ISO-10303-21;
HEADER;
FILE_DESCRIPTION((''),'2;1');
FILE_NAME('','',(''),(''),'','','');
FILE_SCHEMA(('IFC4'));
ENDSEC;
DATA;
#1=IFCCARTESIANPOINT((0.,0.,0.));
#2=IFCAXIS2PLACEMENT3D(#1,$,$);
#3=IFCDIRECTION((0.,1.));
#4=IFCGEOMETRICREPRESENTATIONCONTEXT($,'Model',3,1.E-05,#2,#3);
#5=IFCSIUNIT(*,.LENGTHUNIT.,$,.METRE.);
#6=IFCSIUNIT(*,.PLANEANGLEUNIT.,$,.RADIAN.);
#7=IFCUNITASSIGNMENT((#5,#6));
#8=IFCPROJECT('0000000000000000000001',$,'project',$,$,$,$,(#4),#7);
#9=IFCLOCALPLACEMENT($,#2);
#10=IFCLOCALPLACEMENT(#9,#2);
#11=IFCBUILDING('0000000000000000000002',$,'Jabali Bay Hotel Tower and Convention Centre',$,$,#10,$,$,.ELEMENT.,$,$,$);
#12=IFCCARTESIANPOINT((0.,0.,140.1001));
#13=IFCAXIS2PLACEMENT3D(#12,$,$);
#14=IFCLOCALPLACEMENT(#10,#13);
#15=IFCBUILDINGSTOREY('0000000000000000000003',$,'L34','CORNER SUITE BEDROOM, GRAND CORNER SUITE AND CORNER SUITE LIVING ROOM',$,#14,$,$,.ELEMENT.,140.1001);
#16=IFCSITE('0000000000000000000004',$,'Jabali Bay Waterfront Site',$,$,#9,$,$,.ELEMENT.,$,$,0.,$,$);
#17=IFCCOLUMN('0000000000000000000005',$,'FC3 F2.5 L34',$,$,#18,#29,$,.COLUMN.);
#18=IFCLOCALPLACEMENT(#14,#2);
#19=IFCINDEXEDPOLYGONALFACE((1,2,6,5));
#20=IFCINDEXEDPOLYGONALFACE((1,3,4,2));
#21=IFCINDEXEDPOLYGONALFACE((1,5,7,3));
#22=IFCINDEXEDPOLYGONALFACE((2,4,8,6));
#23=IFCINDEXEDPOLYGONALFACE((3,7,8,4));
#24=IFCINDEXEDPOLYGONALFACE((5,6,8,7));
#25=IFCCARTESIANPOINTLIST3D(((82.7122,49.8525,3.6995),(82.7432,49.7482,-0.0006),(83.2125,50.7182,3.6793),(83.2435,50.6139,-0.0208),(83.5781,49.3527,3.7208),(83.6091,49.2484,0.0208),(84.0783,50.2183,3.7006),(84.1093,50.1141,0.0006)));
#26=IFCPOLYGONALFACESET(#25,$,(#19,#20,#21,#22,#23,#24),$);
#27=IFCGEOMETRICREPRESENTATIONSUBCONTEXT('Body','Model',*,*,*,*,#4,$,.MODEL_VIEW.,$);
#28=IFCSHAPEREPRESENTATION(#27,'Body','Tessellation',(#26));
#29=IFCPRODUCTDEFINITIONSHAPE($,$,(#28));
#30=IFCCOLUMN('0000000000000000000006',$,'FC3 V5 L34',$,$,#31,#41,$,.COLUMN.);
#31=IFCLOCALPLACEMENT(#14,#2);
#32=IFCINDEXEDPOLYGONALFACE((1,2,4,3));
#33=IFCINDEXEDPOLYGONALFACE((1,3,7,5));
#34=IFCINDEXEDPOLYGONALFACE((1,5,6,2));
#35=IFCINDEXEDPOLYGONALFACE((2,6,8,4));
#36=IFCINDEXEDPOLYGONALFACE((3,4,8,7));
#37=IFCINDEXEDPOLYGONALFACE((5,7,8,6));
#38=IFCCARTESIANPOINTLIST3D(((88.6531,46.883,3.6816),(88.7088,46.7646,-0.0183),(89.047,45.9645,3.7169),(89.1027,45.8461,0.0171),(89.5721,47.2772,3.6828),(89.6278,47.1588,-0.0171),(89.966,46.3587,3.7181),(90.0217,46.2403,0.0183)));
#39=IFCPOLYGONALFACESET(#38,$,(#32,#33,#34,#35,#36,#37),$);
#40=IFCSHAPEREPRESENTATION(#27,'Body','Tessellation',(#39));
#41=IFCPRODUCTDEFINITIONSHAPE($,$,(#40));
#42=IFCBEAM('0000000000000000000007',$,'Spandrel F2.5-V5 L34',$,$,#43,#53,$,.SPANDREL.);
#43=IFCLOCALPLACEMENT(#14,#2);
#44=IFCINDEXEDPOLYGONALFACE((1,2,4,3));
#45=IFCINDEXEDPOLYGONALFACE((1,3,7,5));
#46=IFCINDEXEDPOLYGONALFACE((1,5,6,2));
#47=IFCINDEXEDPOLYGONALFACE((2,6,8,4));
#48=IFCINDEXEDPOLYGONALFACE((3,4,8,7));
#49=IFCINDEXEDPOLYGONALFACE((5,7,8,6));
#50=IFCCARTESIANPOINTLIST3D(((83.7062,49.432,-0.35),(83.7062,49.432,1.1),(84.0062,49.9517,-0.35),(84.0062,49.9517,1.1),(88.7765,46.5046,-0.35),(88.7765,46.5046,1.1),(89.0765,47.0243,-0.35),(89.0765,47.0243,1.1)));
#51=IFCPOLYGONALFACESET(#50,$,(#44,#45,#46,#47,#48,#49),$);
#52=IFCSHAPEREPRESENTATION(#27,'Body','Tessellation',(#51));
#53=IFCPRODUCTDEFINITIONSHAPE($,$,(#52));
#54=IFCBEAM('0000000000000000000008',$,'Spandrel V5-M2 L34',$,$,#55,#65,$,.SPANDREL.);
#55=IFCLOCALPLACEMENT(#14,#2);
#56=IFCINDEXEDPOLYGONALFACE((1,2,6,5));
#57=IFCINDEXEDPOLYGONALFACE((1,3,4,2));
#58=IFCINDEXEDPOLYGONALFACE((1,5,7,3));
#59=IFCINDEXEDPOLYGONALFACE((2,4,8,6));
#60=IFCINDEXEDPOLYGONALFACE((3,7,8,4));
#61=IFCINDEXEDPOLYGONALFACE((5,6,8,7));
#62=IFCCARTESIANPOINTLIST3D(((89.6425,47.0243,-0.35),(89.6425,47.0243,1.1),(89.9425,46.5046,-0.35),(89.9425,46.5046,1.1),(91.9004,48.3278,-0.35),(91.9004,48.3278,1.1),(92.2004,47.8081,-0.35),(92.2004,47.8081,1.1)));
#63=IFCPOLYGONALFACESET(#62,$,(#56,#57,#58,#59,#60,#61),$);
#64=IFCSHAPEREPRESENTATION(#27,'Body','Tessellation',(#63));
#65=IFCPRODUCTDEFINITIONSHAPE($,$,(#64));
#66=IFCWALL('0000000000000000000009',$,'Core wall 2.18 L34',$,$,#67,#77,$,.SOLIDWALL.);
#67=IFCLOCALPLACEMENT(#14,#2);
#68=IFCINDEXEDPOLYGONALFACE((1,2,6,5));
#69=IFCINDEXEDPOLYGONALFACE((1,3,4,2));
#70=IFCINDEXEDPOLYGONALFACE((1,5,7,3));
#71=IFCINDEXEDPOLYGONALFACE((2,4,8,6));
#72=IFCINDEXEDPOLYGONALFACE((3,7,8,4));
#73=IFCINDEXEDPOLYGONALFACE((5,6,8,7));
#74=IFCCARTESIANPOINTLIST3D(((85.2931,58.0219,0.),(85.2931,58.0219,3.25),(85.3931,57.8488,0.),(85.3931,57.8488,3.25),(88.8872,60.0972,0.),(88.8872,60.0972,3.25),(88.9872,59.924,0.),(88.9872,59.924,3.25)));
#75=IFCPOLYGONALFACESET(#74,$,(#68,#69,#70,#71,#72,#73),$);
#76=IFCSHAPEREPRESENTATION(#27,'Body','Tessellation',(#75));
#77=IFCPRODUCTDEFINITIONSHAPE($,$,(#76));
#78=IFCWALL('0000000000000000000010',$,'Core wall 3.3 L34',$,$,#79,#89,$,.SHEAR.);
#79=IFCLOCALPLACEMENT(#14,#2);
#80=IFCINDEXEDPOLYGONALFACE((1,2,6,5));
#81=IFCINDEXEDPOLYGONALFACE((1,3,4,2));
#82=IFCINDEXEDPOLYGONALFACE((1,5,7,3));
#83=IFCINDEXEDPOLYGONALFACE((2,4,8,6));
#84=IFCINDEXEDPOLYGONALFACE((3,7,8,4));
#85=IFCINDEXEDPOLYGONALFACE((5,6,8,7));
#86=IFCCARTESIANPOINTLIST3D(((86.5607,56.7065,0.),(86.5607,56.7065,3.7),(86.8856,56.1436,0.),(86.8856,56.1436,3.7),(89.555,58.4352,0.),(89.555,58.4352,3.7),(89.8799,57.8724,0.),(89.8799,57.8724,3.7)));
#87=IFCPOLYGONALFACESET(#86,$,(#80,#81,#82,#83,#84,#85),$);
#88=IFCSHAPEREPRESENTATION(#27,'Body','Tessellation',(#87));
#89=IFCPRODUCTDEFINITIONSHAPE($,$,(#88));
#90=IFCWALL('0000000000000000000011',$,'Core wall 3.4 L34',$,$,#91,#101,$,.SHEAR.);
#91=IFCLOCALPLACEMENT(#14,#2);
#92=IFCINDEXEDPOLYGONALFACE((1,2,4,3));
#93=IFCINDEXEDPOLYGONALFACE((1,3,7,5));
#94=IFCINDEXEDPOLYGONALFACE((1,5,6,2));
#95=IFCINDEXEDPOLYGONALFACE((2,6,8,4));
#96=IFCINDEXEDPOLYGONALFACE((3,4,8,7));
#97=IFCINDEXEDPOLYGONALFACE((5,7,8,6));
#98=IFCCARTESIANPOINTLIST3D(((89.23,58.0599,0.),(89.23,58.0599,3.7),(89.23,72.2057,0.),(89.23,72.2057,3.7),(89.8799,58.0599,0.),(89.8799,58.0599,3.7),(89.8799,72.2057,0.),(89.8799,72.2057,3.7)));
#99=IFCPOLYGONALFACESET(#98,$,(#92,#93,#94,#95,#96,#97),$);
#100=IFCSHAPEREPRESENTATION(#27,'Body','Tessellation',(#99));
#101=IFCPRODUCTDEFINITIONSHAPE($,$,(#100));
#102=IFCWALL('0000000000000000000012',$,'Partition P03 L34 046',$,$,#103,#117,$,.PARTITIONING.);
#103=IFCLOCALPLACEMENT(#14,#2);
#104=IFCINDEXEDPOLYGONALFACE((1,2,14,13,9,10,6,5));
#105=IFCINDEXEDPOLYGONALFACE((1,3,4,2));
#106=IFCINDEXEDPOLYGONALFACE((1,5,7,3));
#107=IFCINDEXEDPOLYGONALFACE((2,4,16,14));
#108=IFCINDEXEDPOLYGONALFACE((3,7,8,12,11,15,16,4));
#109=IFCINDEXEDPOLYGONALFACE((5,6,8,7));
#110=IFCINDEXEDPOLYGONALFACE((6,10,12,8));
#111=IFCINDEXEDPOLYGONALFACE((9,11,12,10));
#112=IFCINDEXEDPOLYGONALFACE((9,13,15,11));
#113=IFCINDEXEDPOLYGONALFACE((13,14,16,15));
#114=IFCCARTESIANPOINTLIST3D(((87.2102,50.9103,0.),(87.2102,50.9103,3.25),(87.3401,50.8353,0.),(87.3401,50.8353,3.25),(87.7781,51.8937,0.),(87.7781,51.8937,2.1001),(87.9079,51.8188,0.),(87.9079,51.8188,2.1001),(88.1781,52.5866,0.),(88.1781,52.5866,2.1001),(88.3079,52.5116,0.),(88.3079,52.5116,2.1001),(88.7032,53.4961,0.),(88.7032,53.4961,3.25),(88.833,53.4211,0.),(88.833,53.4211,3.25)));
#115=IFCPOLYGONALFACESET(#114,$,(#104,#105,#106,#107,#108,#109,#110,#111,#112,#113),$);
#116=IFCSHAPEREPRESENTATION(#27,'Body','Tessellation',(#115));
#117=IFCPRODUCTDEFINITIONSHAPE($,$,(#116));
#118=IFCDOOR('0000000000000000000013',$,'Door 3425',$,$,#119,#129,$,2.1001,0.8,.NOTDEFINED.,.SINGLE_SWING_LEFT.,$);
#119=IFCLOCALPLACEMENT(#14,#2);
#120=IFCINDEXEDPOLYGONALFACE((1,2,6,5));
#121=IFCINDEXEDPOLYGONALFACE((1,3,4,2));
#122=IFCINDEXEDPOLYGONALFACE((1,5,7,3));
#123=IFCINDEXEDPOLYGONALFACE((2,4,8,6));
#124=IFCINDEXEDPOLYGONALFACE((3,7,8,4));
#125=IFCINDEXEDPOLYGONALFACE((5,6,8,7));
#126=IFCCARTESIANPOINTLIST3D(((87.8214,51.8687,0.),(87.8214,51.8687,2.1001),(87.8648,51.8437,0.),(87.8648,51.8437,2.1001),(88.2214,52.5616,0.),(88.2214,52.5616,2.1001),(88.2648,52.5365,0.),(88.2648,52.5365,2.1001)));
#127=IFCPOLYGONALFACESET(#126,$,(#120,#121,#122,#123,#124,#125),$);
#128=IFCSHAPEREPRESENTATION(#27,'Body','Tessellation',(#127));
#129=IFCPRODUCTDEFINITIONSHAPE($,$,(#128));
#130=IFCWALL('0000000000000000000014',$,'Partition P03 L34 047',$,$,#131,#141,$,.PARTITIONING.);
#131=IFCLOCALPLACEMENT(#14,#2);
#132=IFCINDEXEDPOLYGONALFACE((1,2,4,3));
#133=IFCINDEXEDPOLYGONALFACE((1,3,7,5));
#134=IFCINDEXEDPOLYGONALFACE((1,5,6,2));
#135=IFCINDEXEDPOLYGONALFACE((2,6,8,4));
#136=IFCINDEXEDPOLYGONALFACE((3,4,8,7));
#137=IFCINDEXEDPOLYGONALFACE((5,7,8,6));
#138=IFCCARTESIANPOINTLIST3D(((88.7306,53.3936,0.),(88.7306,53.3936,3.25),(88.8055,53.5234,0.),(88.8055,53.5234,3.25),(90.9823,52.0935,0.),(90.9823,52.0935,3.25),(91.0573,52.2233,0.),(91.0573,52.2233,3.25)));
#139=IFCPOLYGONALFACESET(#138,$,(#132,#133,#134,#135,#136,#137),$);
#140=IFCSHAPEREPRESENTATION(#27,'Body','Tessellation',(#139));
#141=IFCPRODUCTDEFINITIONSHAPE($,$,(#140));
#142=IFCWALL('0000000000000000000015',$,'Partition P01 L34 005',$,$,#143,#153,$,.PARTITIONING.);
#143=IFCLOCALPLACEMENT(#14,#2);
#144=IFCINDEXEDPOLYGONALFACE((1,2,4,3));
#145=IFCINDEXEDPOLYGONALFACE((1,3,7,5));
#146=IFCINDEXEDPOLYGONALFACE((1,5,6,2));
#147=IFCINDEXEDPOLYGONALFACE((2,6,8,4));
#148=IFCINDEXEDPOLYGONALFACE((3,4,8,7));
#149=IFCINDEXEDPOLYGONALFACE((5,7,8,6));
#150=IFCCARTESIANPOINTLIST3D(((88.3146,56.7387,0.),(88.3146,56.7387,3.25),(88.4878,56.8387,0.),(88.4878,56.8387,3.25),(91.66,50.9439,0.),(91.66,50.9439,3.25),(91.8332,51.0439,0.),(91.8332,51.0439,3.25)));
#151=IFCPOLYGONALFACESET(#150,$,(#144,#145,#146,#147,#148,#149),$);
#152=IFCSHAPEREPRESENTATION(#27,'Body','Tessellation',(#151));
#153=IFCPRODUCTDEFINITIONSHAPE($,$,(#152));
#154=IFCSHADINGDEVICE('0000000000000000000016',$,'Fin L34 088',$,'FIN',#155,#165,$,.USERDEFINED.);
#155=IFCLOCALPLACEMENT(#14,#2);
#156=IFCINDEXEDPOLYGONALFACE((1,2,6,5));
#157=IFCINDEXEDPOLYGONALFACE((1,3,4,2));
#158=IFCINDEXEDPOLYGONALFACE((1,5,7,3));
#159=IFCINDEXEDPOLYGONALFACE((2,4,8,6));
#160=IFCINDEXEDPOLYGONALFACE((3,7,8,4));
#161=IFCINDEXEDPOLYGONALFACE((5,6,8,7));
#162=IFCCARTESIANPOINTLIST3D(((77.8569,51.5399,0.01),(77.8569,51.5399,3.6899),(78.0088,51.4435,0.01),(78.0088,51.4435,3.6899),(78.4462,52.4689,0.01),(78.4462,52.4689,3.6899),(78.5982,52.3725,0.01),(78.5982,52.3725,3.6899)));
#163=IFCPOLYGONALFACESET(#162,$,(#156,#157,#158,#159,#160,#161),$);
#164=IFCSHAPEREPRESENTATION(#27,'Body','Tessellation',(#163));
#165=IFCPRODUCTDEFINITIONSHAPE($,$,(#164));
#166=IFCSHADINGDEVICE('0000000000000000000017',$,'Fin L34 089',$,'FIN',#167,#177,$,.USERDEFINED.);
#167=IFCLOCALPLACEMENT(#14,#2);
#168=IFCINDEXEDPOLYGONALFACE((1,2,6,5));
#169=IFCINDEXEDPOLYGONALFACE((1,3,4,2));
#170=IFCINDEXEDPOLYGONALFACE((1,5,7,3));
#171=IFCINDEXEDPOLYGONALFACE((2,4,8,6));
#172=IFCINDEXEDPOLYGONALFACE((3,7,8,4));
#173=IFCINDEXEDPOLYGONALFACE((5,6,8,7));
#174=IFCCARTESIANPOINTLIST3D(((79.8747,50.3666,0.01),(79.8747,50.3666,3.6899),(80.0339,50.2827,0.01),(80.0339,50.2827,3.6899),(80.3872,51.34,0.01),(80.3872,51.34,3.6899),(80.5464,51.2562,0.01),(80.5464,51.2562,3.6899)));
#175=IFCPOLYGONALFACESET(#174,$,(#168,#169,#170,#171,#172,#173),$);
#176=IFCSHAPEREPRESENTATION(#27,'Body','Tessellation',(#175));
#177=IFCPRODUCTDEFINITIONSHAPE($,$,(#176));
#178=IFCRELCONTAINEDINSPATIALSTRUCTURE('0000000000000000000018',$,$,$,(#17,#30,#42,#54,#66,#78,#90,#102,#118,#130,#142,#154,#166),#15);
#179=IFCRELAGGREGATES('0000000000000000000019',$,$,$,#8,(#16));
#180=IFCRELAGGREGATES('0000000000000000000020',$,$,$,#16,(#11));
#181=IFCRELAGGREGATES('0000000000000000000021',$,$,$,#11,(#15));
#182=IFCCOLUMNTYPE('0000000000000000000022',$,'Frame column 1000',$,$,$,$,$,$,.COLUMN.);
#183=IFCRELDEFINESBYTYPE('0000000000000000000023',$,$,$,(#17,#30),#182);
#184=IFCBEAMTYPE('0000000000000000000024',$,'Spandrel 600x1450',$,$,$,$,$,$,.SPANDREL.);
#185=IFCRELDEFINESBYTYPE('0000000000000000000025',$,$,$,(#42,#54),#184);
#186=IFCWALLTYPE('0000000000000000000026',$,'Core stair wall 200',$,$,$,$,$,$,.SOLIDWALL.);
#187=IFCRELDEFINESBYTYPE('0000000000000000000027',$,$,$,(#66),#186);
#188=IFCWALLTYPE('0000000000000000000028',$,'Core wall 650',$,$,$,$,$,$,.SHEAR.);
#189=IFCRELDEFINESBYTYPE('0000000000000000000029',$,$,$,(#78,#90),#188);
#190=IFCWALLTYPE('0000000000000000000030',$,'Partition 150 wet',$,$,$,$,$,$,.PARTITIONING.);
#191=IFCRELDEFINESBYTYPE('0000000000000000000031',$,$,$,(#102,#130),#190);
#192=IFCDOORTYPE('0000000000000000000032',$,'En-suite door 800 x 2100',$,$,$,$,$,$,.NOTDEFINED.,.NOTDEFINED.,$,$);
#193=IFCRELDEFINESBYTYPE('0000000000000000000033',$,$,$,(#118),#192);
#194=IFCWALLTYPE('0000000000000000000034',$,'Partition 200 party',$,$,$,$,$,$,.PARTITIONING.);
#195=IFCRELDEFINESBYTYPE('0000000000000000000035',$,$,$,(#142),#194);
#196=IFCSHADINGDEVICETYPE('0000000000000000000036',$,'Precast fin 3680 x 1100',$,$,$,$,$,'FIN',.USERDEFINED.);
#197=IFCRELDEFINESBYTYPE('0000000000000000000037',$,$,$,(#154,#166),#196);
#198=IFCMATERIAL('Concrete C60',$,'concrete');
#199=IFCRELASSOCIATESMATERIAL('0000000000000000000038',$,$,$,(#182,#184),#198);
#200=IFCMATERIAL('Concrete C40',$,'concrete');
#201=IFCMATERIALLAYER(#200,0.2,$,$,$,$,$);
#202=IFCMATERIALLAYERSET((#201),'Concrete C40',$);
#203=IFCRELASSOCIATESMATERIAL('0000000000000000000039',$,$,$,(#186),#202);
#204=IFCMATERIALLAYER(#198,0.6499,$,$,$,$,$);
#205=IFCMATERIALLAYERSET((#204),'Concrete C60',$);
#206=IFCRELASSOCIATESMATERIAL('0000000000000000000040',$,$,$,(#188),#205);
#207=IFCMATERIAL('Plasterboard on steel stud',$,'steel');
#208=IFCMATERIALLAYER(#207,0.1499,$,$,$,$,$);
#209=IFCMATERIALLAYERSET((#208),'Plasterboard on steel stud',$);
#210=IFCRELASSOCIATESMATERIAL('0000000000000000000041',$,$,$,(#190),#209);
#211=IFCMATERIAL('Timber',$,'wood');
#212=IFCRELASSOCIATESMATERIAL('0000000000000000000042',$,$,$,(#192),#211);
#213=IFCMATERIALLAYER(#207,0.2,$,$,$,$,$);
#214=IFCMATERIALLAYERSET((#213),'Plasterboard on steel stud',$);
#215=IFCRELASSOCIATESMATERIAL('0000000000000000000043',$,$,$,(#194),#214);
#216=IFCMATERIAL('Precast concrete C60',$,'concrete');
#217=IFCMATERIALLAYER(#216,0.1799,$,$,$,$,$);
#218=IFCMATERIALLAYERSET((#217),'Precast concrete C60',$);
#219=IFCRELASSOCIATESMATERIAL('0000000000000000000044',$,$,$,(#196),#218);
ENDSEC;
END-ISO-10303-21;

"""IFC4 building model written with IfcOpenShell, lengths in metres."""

from ifc_helpers import new_model, si_unit, direction, frame, frame_2d, origin, origin_2d, place, context, subcontext, project, spatial, rectangle, extrude, material, layer, layer_set, material_profile, profile_set, type_object, element, fill, save


model = new_model("IFC4")

# Units and contexts
model_context = context("Model", 3, precision=1e-05, world=origin(), true_north=direction((0.0, 1.0)))
body_context = subcontext(model_context, "Body", "Model", "MODEL_VIEW")
ifc_project = project(units=[si_unit("LENGTHUNIT", "METRE"), si_unit("PLANEANGLEUNIT", "RADIAN")], contexts=[model_context])

# Site, building, storey
site_placement = place(None, origin())
site = spatial("IfcSite", under=ifc_project, at=site_placement, Name="Jabali Bay Waterfront Site", CompositionType="ELEMENT", RefElevation=0.0)
building_placement = place(site_placement, origin())
building = spatial("IfcBuilding", under=site, at=building_placement, Name="Jabali Bay Hotel Tower and Convention Centre", CompositionType="ELEMENT")
storey_placement = place(building_placement, frame((0.0, 0.0, 140.1001)))
storey = spatial("IfcBuildingStorey", under=building, at=storey_placement, Name="L34", Description="CORNER SUITE BEDROOM, GRAND CORNER SUITE AND CORNER SUITE LIVING ROOM", CompositionType="ELEMENT", Elevation=140.1001)

# Columns
ifc_material_1 = material(Name="Concrete C60", Category="concrete")
ifc_material_profile_1 = material_profile(ifc_material_1, rectangle(XDim=1.0, YDim=1.0, at=origin_2d()), Name="Frame column 1000")
ifc_profile_set_1 = profile_set([ifc_material_profile_1], Name="Concrete C60")
column_type = type_object("IfcColumnType", Name="Frame column 1000", PredefinedType="COLUMN", material=ifc_profile_set_1)
column_1_placement = place(storey_placement, frame((83.4263, 49.9312, 0.0), z_axis=(-0.008376, 0.028163, 0.999568), x_axis=(-0.500232, -0.865656, 0.020198)))
element("IfcColumn", 1, at=column_1_placement, inside=storey, type_object=column_type, Name="FC3 F2.5 L34", PredefinedType="COLUMN", context=body_context, shape_type="SweptSolid", body=[
    extrude(rectangle(XDim=1.0, YDim=1.0, at=origin_2d()), origin(), (0.0, 0.0, 1.0), 3.7017),
])
column_2_placement = place(storey_placement, frame((89.3652, 46.5024, 0.0), z_axis=(-0.015035, 0.031983, 0.999375), x_axis=(0.393933, -0.91846, 0.03532)))
element("IfcColumn", 2, at=column_2_placement, inside=storey, type_object=column_type, Name="FC3 V5 L34", PredefinedType="COLUMN", context=body_context, shape_type="SweptSolid", body=[
    extrude(rectangle(XDim=1.0, YDim=1.0, at=origin_2d()), origin(), (0.0, 0.0, 1.0), 3.7021),
])

# Beams
ifc_material_profile_2 = material_profile(ifc_material_1, rectangle(XDim=0.6001, YDim=1.45, at=origin_2d()), Name="Spandrel 600x1450")
ifc_profile_set_2 = profile_set([ifc_material_profile_2], Name="Concrete C60")
beam_type = type_object("IfcBeamType", Name="Spandrel 600x1450", PredefinedType="SPANDREL", material=ifc_profile_set_2)
beam_1_placement = place(storey_placement, frame((83.8562, 49.6919, 0.375), z_axis=(0.866015, -0.500018, 0.0), x_axis=(0.500018, 0.866015, 0.0)))
element("IfcBeam", 3, at=beam_1_placement, inside=storey, type_object=beam_type, Name="Spandrel F2.5-V5 L34", PredefinedType="SPANDREL", context=body_context, shape_type="SweptSolid", body=[
    extrude(rectangle(XDim=0.6001, YDim=1.45, at=origin_2d()), origin(), (0.0, 0.0, 1.0), 5.8547),
])
beam_2_placement = place(storey_placement, frame((89.7925, 46.7644, 0.375), z_axis=(0.866039, 0.499976, 0.0), x_axis=(-0.499976, 0.866039, 0.0)))
element("IfcBeam", 4, at=beam_2_placement, inside=storey, type_object=beam_type, Name="Spandrel V5-M2 L34", PredefinedType="SPANDREL", context=body_context, shape_type="SweptSolid", body=[
    extrude(rectangle(XDim=0.6001, YDim=1.45, at=origin_2d()), origin(), (0.0, 0.0, 1.0), 2.6072),
])

# Walls
ifc_material_2 = material(Name="Concrete C40", Category="concrete")
ifc_layer_1 = layer(ifc_material_2, 0.2)
ifc_layer_set_1 = layer_set([ifc_layer_1], Name="Concrete C40")
wall_type_1 = type_object("IfcWallType", Name="Core stair wall 200", PredefinedType="SOLIDWALL", material=ifc_layer_set_1)
wall_1_placement = place(storey_placement, frame((85.343, 57.9353, 0.0), z_axis=(0.0, 0.0, 1.0), x_axis=(0.866004, 0.500036, 0.0)))
element("IfcWall", 5, at=wall_1_placement, inside=storey, type_object=wall_type_1, Name="Core wall 2.18 L34", PredefinedType="SOLIDWALL", context=body_context, shape_type="SweptSolid", body=[
    extrude(rectangle(XDim=4.1501, YDim=0.2, at=frame_2d((2.0752, 0.0))), origin(), (0.0, 0.0, 1.0), 3.25),
])
ifc_layer_2 = layer(ifc_material_1, 0.6499)
ifc_layer_set_2 = layer_set([ifc_layer_2], Name="Concrete C60")
wall_type_2 = type_object("IfcWallType", Name="Core wall 650", PredefinedType="SHEAR", material=ifc_layer_set_2)
wall_2_placement = place(storey_placement, frame((86.7231, 56.425, 0.0), z_axis=(0.0, 0.0, 1.0), x_axis=(0.866032, 0.499989, 0.0)))
element("IfcWall", 6, at=wall_2_placement, inside=storey, type_object=wall_type_2, Name="Core wall 3.3 L34", PredefinedType="SHEAR", context=body_context, shape_type="SweptSolid", body=[
    extrude(rectangle(XDim=3.4575, YDim=0.6499, at=frame_2d((1.7288, 0.0))), origin(), (0.0, 0.0, 1.0), 3.7),
])
wall_3_placement = place(storey_placement, frame((89.5549, 58.0601, 0.0), z_axis=(0.0, 0.0, 1.0), x_axis=(0.0, 1.0, 0.0)))
element("IfcWall", 7, at=wall_3_placement, inside=storey, type_object=wall_type_2, Name="Core wall 3.4 L34", PredefinedType="SHEAR", context=body_context, shape_type="SweptSolid", body=[
    extrude(rectangle(XDim=14.1458, YDim=0.6499, at=frame_2d((7.0728, 0.0))), origin(), (0.0, 0.0, 1.0), 3.7),
])

# Wall, opening, door
ifc_material_3 = material(Name="Plasterboard on steel stud", Category="steel")
ifc_layer_3 = layer(ifc_material_3, 0.1499)
ifc_layer_set_3 = layer_set([ifc_layer_3], Name="Plasterboard on steel stud")
wall_type_3 = type_object("IfcWallType", Name="Partition 150 wet", PredefinedType="PARTITIONING", material=ifc_layer_set_3)
wall_4_placement = place(storey_placement, frame((87.2751, 50.8728, 0.0), z_axis=(0.0, 0.0, 1.0), x_axis=(0.500017, 0.866015, 0.0)))
wall_4 = element("IfcWall", 8, at=wall_4_placement, inside=storey, type_object=wall_type_3, Name="Partition P03 L34 046", PredefinedType="PARTITIONING", context=body_context, shape_type="SweptSolid", body=[
    extrude(rectangle(XDim=2.9858, YDim=0.1499, at=frame_2d((1.4929, 0.0))), origin(), (0.0, 0.0, 1.0), 3.25),
])
opening_1_placement = place(wall_4_placement, frame((1.1357, 0.0, 0.0)))
opening_1 = element("IfcOpeningElement", 9, at=opening_1_placement, cuts=wall_4, PredefinedType="OPENING", context=body_context, shape_type="SweptSolid", body=[
    extrude(rectangle(XDim=0.8, YDim=2.1001, at=frame_2d((0.3999, 1.05))), frame((0.0, 0.0854, 0.0), z_axis=(0.0, -1.0, 0.0), x_axis=(1.0, 0.0, 0.0)), (0.0, 0.0, 1.0), 0.1709),
])
ifc_material_4 = material(Name="Timber", Category="wood")
door_type_1 = type_object("IfcDoorType", Name="En-suite door 800 x 2100", OperationType="NOTDEFINED", PredefinedType="NOTDEFINED", material=ifc_material_4)
door_1_placement = place(opening_1_placement, origin())
door_1 = element("IfcDoor", 10, at=door_1_placement, inside=storey, type_object=door_type_1, Name="Door 3425", OperationType="SINGLE_SWING_LEFT", OverallHeight=2.1001, OverallWidth=0.8, PredefinedType="NOTDEFINED", context=body_context, shape_type="SweptSolid", body=[
    extrude(rectangle(XDim=0.8, YDim=2.1001, at=frame_2d((0.3999, 1.05))), frame((0.0, 0.0249, 0.0), z_axis=(0.0, -1.0, 0.0), x_axis=(1.0, 0.0, 0.0)), (0.0, 0.0, 1.0), 0.05),
])
fill(opening_1, door_1)

# Walls
wall_5_placement = place(storey_placement, frame((88.7681, 53.4585, 0.0), z_axis=(0.0, 0.0, 1.0), x_axis=(0.866021, -0.500007, 0.0)))
element("IfcWall", 11, at=wall_5_placement, inside=storey, type_object=wall_type_3, Name="Partition P03 L34 047", PredefinedType="PARTITIONING", context=body_context, shape_type="SweptSolid", body=[
    extrude(rectangle(XDim=2.6001, YDim=0.1499, at=frame_2d((1.3, 0.0))), origin(), (0.0, 0.0, 1.0), 3.25),
])
ifc_layer_4 = layer(ifc_material_3, 0.2)
ifc_layer_set_4 = layer_set([ifc_layer_4], Name="Plasterboard on steel stud")
wall_type_4 = type_object("IfcWallType", Name="Partition 200 party", PredefinedType="PARTITIONING", material=ifc_layer_set_4)
wall_6_placement = place(storey_placement, frame((88.4011, 56.7888, 0.0), z_axis=(0.0, 0.0, 1.0), x_axis=(0.499973, -0.866041, 0.0)))
element("IfcWall", 12, at=wall_6_placement, inside=storey, type_object=wall_type_4, Name="Partition P01 L34 005", PredefinedType="PARTITIONING", context=body_context, shape_type="SweptSolid", body=[
    extrude(rectangle(XDim=6.6912, YDim=0.2, at=frame_2d((3.3457, 0.0))), origin(), (0.0, 0.0, 1.0), 3.25),
])

# Shading devices
ifc_material_5 = material(Name="Precast concrete C60", Category="concrete")
ifc_layer_5 = layer(ifc_material_5, 0.1799)
ifc_layer_set_5 = layer_set([ifc_layer_5], Name="Precast concrete C60")
shading_device_type_1 = type_object("IfcShadingDeviceType", Name="Precast fin 3680 x 1100", ElementType="FIN", PredefinedType="USERDEFINED", material=ifc_layer_set_5)
for number, where, z_axis, x_axis, name in (
    (13, (78.5222, 52.4207, 0.01), (0.0, 0.0, 1.0), (-0.535712, -0.844401, 0.0), "Fin L34 088"),
    (14, (80.4668, 51.2981, 0.01), (0.0, 0.0, 1.0), (-0.465847, -0.884865, 0.0), "Fin L34 089"),
):
    element("IfcShadingDevice", number, at=place(storey_placement, frame(where, z_axis=z_axis, x_axis=x_axis)), inside=storey, type_object=shading_device_type_1, Name=name, ObjectType="FIN", PredefinedType="USERDEFINED", context=body_context, shape_type="SweptSolid", body=[
        extrude(rectangle(XDim=1.1001, YDim=0.1799, at=frame_2d((0.55, 0.0))), origin(), (0.0, 0.0, 1.0), 3.6799),
    ])

save(model, "model.ifc")
